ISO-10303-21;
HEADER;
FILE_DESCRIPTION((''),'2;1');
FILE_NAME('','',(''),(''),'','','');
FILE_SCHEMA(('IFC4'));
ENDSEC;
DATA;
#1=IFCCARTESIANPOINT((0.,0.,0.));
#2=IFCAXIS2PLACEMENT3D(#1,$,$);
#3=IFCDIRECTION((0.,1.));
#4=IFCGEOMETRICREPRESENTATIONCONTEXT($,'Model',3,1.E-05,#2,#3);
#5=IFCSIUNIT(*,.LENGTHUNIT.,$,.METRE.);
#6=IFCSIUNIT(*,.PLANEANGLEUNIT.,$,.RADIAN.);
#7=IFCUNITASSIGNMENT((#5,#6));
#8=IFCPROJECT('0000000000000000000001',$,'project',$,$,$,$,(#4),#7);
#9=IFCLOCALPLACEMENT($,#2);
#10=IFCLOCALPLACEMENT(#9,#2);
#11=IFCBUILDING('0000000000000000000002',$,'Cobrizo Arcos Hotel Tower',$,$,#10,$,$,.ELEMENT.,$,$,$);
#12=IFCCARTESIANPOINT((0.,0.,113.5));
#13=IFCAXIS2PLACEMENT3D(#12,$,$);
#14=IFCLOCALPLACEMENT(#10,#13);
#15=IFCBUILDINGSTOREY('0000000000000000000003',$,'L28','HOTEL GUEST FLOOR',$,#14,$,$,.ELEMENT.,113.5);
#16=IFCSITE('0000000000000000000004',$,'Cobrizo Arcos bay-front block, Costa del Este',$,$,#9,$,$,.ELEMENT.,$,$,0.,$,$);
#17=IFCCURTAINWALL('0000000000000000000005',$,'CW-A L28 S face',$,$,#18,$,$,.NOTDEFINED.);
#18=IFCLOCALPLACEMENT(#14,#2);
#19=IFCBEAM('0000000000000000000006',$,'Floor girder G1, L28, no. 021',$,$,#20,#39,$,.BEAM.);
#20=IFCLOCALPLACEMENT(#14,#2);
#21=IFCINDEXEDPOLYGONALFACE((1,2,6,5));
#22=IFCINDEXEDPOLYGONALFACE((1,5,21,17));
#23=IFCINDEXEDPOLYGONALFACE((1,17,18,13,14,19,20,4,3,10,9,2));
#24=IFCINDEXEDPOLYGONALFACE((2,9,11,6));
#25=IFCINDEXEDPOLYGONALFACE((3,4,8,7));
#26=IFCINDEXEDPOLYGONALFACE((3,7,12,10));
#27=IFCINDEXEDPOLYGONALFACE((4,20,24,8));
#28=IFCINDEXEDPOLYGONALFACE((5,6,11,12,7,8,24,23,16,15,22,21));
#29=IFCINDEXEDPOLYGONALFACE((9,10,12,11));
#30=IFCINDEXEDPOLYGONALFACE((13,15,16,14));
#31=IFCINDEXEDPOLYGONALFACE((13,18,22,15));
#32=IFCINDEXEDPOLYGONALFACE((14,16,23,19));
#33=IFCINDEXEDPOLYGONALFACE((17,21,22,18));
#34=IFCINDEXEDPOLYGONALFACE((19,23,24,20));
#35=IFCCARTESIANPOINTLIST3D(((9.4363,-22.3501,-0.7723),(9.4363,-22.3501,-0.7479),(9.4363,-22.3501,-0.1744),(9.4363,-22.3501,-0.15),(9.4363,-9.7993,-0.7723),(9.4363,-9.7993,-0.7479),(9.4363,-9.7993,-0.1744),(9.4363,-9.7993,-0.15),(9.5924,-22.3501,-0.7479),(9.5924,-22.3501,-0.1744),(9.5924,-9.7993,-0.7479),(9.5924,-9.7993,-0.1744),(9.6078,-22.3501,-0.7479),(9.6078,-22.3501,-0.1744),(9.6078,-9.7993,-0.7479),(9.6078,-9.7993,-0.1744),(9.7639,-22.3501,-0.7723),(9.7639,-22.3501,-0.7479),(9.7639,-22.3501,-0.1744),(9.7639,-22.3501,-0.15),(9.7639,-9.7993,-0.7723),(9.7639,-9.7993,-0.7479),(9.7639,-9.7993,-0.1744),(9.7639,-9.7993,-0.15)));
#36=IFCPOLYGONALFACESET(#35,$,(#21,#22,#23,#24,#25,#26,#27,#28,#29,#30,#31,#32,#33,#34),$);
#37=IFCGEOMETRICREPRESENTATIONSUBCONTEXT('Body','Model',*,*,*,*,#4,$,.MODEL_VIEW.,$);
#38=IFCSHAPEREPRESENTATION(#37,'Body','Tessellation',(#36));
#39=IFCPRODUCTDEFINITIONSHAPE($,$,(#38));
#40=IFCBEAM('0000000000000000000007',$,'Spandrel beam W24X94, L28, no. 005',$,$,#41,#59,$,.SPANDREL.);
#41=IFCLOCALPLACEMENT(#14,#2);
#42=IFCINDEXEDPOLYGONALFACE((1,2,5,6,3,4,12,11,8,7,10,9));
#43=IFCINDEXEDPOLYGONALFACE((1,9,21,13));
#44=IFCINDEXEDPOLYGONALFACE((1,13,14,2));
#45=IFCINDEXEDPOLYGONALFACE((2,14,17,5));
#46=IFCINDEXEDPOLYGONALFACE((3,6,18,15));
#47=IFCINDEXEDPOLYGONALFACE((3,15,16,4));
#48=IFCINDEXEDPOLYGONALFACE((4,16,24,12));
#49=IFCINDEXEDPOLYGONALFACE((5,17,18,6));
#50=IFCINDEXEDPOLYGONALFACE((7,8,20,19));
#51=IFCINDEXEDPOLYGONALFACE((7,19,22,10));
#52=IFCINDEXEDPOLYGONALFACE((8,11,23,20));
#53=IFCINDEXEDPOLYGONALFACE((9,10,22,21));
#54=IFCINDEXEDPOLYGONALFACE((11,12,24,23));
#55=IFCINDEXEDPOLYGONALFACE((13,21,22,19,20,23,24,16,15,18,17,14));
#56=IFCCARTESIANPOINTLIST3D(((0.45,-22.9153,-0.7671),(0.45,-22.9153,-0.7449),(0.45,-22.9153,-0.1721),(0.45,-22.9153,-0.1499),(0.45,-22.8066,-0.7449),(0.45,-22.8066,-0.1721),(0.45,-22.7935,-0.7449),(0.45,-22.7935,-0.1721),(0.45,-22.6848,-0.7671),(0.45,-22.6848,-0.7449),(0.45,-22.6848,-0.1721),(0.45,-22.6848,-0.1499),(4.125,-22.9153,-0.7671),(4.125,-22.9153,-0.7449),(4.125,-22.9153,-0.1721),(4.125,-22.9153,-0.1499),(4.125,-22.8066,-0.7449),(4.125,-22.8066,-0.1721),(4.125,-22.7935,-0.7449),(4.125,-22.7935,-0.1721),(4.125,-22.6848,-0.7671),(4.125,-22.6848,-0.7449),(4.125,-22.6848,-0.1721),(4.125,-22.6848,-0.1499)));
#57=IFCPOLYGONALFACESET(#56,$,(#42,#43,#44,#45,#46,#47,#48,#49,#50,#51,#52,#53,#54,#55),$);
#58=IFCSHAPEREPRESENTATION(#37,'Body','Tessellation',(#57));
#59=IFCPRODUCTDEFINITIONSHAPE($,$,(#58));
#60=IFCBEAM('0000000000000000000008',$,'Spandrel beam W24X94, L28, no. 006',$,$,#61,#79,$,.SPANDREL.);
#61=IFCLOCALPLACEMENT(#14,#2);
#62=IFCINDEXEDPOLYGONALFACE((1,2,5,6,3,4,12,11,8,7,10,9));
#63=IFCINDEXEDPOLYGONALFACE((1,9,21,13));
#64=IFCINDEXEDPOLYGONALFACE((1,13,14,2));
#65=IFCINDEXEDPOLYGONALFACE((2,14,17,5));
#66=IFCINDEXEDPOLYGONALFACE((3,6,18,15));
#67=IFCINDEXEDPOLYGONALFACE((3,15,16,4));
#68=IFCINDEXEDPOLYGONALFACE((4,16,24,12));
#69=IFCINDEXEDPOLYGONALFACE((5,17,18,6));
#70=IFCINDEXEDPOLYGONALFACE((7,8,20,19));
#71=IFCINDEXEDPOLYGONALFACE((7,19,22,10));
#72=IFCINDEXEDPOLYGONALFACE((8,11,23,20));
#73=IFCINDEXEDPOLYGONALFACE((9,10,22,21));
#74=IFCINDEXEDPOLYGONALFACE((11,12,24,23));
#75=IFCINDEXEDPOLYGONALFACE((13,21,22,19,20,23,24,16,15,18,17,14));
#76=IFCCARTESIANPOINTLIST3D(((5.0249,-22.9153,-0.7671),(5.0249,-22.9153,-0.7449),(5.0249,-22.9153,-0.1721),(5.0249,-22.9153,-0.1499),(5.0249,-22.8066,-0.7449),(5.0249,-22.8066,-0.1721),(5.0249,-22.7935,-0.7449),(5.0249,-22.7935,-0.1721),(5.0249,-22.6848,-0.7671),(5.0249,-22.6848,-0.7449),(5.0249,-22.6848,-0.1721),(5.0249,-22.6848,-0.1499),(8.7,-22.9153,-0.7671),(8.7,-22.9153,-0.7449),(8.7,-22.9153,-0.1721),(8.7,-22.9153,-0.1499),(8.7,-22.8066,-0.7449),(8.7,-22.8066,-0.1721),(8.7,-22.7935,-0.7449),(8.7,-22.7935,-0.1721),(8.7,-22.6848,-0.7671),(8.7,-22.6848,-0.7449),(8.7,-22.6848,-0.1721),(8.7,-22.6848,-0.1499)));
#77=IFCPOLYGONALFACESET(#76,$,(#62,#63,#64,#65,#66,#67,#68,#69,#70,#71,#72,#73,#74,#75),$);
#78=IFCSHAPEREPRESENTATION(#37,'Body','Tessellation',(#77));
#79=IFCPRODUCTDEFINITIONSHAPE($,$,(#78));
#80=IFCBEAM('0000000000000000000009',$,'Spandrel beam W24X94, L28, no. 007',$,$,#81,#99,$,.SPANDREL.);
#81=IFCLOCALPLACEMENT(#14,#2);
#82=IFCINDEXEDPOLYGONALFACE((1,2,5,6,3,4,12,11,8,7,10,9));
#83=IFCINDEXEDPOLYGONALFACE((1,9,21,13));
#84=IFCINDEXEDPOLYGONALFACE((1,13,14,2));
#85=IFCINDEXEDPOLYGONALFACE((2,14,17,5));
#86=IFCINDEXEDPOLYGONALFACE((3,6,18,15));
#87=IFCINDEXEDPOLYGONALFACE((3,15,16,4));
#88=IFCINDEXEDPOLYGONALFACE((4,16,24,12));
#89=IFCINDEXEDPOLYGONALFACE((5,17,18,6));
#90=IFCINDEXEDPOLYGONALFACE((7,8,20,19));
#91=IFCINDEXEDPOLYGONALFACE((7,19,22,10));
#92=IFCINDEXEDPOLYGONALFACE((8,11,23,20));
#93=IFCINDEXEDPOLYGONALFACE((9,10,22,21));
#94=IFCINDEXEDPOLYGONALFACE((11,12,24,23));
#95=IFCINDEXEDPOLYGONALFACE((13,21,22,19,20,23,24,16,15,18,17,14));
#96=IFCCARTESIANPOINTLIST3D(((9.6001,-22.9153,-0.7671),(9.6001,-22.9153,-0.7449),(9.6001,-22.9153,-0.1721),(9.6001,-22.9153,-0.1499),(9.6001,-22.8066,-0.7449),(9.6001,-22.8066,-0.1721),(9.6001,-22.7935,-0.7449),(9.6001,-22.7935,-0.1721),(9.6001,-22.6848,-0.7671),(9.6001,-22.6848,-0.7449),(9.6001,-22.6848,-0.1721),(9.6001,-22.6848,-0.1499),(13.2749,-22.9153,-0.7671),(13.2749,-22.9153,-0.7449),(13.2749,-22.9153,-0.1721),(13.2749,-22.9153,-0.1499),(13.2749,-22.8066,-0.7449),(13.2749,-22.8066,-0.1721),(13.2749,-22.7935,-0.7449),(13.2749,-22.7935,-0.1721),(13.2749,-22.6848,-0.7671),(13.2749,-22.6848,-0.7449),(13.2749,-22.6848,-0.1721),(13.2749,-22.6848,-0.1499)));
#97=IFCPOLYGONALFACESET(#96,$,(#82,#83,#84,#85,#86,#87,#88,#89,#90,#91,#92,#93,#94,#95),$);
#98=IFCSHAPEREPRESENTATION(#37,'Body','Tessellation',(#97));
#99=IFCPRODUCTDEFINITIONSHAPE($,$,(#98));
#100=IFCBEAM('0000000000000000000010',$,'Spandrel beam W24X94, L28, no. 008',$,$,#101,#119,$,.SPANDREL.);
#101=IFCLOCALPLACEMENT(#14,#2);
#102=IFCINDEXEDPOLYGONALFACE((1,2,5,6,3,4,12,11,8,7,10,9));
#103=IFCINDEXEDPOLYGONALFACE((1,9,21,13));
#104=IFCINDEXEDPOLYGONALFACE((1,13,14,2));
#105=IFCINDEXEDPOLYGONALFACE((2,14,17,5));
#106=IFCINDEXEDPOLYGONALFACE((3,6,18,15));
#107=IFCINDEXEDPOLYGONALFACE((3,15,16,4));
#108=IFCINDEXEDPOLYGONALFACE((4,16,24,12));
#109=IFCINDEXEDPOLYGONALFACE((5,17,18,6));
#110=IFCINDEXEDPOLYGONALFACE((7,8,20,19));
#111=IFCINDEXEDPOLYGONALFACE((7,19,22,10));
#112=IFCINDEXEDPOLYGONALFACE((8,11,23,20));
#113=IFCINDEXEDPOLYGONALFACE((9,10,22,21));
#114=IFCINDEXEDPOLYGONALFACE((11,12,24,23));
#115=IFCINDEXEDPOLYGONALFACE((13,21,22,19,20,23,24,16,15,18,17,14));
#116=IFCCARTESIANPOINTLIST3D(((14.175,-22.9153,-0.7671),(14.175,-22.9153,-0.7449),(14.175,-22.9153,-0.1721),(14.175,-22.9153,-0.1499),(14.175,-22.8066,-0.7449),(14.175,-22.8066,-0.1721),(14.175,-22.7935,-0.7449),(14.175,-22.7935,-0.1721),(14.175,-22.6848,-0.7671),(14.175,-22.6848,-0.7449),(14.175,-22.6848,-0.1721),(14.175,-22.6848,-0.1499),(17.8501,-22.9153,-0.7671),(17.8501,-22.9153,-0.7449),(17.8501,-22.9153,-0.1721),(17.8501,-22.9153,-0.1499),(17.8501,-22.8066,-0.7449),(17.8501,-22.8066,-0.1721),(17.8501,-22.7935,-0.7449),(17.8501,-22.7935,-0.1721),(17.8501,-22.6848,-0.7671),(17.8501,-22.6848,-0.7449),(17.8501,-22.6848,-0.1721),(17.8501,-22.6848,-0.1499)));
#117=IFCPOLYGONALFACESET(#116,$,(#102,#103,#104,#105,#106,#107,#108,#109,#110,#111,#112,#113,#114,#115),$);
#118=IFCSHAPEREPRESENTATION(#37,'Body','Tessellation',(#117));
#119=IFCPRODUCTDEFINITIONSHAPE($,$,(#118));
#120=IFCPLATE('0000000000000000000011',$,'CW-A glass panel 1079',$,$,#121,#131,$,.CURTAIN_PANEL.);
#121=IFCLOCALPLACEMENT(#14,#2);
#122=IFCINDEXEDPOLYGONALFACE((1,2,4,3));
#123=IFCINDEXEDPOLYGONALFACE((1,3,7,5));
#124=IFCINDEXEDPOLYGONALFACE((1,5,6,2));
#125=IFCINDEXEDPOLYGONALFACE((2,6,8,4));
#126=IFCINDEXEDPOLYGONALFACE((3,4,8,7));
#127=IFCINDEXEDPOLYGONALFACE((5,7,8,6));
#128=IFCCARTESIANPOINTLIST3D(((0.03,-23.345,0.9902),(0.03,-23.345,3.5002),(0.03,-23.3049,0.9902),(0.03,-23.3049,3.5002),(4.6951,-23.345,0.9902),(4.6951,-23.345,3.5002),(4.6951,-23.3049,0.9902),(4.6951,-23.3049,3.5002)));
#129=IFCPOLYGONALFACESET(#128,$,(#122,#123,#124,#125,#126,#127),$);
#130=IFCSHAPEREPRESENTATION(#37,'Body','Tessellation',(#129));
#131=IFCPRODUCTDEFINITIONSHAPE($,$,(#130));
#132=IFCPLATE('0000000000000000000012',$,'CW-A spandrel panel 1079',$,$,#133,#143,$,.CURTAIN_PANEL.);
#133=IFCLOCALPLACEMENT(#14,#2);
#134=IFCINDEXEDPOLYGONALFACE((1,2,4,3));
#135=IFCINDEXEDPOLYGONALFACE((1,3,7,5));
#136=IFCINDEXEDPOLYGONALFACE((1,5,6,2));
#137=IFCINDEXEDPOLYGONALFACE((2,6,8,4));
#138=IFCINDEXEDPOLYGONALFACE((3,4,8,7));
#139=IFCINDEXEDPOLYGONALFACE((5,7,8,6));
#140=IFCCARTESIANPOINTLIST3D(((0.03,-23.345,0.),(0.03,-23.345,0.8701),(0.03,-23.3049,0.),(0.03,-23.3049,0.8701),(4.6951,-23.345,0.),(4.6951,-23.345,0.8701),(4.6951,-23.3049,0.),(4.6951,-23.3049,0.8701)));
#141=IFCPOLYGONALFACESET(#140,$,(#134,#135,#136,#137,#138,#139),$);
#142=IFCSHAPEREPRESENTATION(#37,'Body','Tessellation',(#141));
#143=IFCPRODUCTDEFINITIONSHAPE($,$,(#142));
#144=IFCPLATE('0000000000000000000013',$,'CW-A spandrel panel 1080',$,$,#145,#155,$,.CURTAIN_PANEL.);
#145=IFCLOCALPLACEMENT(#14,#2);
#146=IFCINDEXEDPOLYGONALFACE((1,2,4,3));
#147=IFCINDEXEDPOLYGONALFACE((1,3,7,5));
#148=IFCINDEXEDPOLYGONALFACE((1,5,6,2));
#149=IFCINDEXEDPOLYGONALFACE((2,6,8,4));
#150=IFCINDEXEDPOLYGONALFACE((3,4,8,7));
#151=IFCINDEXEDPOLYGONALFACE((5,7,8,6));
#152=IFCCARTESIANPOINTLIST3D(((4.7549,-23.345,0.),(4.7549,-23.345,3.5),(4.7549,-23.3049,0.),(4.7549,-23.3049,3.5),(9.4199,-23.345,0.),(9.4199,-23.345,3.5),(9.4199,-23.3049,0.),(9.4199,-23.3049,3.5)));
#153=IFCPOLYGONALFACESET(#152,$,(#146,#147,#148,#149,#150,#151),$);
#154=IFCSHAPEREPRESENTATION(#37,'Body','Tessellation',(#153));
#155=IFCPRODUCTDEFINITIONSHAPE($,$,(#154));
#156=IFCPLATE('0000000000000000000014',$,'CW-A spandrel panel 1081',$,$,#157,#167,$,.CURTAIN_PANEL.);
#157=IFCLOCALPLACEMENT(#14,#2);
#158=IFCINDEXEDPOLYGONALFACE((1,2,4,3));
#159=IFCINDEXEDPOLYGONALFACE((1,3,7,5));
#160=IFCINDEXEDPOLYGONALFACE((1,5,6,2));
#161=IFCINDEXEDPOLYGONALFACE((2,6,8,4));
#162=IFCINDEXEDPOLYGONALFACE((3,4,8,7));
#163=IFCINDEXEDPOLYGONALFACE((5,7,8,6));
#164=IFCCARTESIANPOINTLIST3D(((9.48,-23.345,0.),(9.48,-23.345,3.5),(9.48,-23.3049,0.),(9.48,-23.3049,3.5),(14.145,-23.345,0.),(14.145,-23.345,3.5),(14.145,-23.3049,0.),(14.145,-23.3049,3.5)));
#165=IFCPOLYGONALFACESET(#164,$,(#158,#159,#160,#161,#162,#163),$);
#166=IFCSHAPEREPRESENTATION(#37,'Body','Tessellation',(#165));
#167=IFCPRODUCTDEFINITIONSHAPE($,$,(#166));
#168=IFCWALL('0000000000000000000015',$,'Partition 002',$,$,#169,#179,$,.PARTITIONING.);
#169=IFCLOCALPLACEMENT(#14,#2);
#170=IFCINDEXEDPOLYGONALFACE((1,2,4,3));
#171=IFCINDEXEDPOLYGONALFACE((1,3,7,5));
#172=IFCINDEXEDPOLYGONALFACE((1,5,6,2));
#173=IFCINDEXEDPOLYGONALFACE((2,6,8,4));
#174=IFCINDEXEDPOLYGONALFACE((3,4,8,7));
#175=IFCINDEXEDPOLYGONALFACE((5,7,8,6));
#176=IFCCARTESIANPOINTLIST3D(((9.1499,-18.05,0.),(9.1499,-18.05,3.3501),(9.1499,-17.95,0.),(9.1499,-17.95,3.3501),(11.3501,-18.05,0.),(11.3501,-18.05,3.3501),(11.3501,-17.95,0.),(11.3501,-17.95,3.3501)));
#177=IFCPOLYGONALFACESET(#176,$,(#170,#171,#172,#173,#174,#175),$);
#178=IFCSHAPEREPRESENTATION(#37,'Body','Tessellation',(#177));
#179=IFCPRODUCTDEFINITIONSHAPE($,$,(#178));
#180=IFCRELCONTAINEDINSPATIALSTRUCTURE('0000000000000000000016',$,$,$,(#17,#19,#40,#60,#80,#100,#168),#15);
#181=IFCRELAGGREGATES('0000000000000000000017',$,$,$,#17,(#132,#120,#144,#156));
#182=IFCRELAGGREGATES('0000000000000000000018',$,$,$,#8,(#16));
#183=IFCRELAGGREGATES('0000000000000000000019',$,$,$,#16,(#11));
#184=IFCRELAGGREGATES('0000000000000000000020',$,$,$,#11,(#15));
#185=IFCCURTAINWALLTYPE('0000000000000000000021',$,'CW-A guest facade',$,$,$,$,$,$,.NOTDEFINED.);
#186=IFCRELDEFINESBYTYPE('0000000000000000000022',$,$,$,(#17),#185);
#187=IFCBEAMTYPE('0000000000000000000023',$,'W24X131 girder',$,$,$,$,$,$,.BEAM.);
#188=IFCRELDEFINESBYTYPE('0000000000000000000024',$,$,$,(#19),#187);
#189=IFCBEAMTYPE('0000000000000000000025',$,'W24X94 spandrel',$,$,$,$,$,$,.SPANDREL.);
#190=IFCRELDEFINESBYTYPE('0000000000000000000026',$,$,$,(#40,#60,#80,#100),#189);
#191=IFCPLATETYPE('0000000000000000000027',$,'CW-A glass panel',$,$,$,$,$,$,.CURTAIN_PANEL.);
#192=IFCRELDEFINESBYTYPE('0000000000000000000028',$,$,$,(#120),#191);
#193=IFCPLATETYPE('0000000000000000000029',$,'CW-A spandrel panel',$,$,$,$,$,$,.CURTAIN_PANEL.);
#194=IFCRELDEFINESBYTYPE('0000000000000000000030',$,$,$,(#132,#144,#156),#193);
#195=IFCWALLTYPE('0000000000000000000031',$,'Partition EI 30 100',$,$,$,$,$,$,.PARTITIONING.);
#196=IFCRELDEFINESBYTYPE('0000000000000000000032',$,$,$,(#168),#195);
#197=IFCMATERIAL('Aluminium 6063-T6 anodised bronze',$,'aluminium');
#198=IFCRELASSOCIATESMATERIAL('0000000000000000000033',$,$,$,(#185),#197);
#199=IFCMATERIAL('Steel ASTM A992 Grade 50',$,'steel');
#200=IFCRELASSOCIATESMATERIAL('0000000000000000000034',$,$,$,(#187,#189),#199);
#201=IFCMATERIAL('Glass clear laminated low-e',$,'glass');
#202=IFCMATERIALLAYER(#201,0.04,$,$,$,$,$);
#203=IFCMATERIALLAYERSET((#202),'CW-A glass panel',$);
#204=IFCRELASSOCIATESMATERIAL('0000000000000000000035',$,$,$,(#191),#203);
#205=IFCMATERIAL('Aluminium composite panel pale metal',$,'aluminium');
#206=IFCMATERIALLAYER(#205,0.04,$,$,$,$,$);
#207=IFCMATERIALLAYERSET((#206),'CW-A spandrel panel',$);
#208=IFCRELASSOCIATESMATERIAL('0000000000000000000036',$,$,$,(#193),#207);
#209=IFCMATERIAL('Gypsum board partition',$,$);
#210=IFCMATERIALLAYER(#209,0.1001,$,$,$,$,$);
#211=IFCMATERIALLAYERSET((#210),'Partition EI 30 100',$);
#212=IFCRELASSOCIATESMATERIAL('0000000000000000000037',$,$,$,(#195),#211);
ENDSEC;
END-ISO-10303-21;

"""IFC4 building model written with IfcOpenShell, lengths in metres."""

from ifc_helpers import new_model, si_unit, direction, frame, frame_2d, origin, origin_2d, place, context, subcontext, project, spatial, rectangle, i_section, extrude, material, layer, layer_set, material_profile, profile_set, type_object, element, aggregate, save


model = new_model("IFC4")

# Units and contexts
model_context = context("Model", 3, precision=1e-05, world=origin(), true_north=direction((0.0, 1.0)))
body_context = subcontext(model_context, "Body", "Model", "MODEL_VIEW")
ifc_project = project(units=[si_unit("LENGTHUNIT", "METRE"), si_unit("PLANEANGLEUNIT", "RADIAN")], contexts=[model_context])

# Site, building, storey
site_placement = place(None, origin())
site = spatial("IfcSite", under=ifc_project, at=site_placement, Name="Cobrizo Arcos bay-front block, Costa del Este", CompositionType="ELEMENT", RefElevation=0.0)
building_placement = place(site_placement, origin())
building = spatial("IfcBuilding", under=site, at=building_placement, Name="Cobrizo Arcos Hotel Tower", CompositionType="ELEMENT")
storey_placement = place(building_placement, frame((0.0, 0.0, 113.5)))
storey = spatial("IfcBuildingStorey", under=building, at=storey_placement, Name="L28", Description="HOTEL GUEST FLOOR", CompositionType="ELEMENT", Elevation=113.5)

# Curtain wall
ifc_material_1 = material(Name="Aluminium 6063-T6 anodised bronze", Category="aluminium")
curtain_wall_type = type_object("IfcCurtainWallType", Name="CW-A guest facade", PredefinedType="NOTDEFINED", material=ifc_material_1)
curtain_wall_placement = place(storey_placement, origin())
curtain_wall = element("IfcCurtainWall", 1, at=curtain_wall_placement, inside=storey, type_object=curtain_wall_type, Name="CW-A L28 S face", PredefinedType="NOTDEFINED")

# Beams
ifc_material_2 = material(Name="Steel ASTM A992 Grade 50", Category="steel")
ifc_material_profile_1 = material_profile(ifc_material_2, i_section(OverallWidth=0.3276, OverallDepth=0.6223, WebThickness=0.0154, FlangeThickness=0.0244, at=origin_2d()), Name="W24X131")
ifc_profile_set_1 = profile_set([ifc_material_profile_1], Name="Steel ASTM A992 Grade 50")
beam_type_1 = type_object("IfcBeamType", Name="W24X131 girder", PredefinedType="BEAM", material=ifc_profile_set_1)
beam_1_placement = place(storey_placement, frame((9.6001, -22.3501, -0.4612), z_axis=(0.0, 1.0, 0.0), x_axis=(-1.0, 0.0, 0.0)))
element("IfcBeam", 2, at=beam_1_placement, inside=storey, type_object=beam_type_1, Name="Floor girder G1, L28, no. 021", PredefinedType="BEAM", context=body_context, shape_type="SweptSolid", body=[
    extrude(i_section(OverallWidth=0.3276, OverallDepth=0.6223, WebThickness=0.0154, FlangeThickness=0.0244, at=origin_2d()), origin(), (0.0, 0.0, 1.0), 12.5508),
])
ifc_material_profile_2 = material_profile(ifc_material_2, i_section(OverallWidth=0.2305, OverallDepth=0.6172, WebThickness=0.0132, FlangeThickness=0.0222, at=origin_2d()), Name="W24X94")
ifc_profile_set_2 = profile_set([ifc_material_profile_2], Name="Steel ASTM A992 Grade 50")
beam_type_2 = type_object("IfcBeamType", Name="W24X94 spandrel", PredefinedType="SPANDREL", material=ifc_profile_set_2)
for number, where, z_axis, x_axis, name in (
    (3, (0.45, -22.8, -0.4585), (1.0, 0.0, 0.0), (0.0, 1.0, 0.0), "Spandrel beam W24X94, L28, no. 005"),
    (4, (5.0249, -22.8, -0.4585), (1.0, 0.0, 0.0), (0.0, 1.0, 0.0), "Spandrel beam W24X94, L28, no. 006"),
):
    element("IfcBeam", number, at=place(storey_placement, frame(where, z_axis=z_axis, x_axis=x_axis)), inside=storey, type_object=beam_type_2, Name=name, PredefinedType="SPANDREL", context=body_context, shape_type="SweptSolid", body=[
        extrude(i_section(OverallWidth=0.2305, OverallDepth=0.6172, WebThickness=0.0132, FlangeThickness=0.0222, at=origin_2d()), origin(), (0.0, 0.0, 1.0), 3.675),
    ])
beam_2_placement = place(storey_placement, frame((9.6001, -22.8, -0.4585), z_axis=(1.0, 0.0, 0.0), x_axis=(0.0, 1.0, 0.0)))
element("IfcBeam", 5, at=beam_2_placement, inside=storey, type_object=beam_type_2, Name="Spandrel beam W24X94, L28, no. 007", PredefinedType="SPANDREL", context=body_context, shape_type="SweptSolid", body=[
    extrude(i_section(OverallWidth=0.2305, OverallDepth=0.6172, WebThickness=0.0132, FlangeThickness=0.0222, at=origin_2d()), origin(), (0.0, 0.0, 1.0), 3.6748),
])
beam_3_placement = place(storey_placement, frame((14.175, -22.8, -0.4585), z_axis=(1.0, 0.0, 0.0), x_axis=(0.0, 1.0, 0.0)))
element("IfcBeam", 6, at=beam_3_placement, inside=storey, type_object=beam_type_2, Name="Spandrel beam W24X94, L28, no. 008", PredefinedType="SPANDREL", context=body_context, shape_type="SweptSolid", body=[
    extrude(i_section(OverallWidth=0.2305, OverallDepth=0.6172, WebThickness=0.0132, FlangeThickness=0.0222, at=origin_2d()), origin(), (0.0, 0.0, 1.0), 3.675),
])

# Plates
ifc_material_3 = material(Name="Glass clear laminated low-e", Category="glass")
ifc_layer_1 = layer(ifc_material_3, 0.04)
ifc_layer_set_1 = layer_set([ifc_layer_1], Name="CW-A glass panel")
plate_type_1 = type_object("IfcPlateType", Name="CW-A glass panel", PredefinedType="CURTAIN_PANEL", material=ifc_layer_set_1)
plate_1_placement = place(storey_placement, frame((2.3625, -23.325, 0.9902), z_axis=(0.0, 0.0, 1.0), x_axis=(1.0, 0.0, 0.0)))
plate_1 = element("IfcPlate", 7, at=plate_1_placement, type_object=plate_type_1, Name="CW-A glass panel 1079", PredefinedType="CURTAIN_PANEL", context=body_context, shape_type="SweptSolid", body=[
    extrude(rectangle(XDim=4.665, YDim=0.04, at=origin_2d()), origin(), (0.0, 0.0, 1.0), 2.51),
])
ifc_material_4 = material(Name="Aluminium composite panel pale metal", Category="aluminium")
ifc_layer_2 = layer(ifc_material_4, 0.04)
ifc_layer_set_2 = layer_set([ifc_layer_2], Name="CW-A spandrel panel")
plate_type_2 = type_object("IfcPlateType", Name="CW-A spandrel panel", PredefinedType="CURTAIN_PANEL", material=ifc_layer_set_2)
plate_2_placement = place(storey_placement, frame((2.3625, -23.325, 0.0), z_axis=(0.0, 0.0, 1.0), x_axis=(1.0, 0.0, 0.0)))
plate_2 = element("IfcPlate", 8, at=plate_2_placement, type_object=plate_type_2, Name="CW-A spandrel panel 1079", PredefinedType="CURTAIN_PANEL", context=body_context, shape_type="SweptSolid", body=[
    extrude(rectangle(XDim=4.665, YDim=0.04, at=origin_2d()), origin(), (0.0, 0.0, 1.0), 0.8701),
])
plate_3_placement = place(storey_placement, frame((7.0874, -23.325, 0.0), z_axis=(0.0, 0.0, 1.0), x_axis=(1.0, 0.0, 0.0)))
plate_3 = element("IfcPlate", 9, at=plate_3_placement, type_object=plate_type_2, Name="CW-A spandrel panel 1080", PredefinedType="CURTAIN_PANEL", context=body_context, shape_type="SweptSolid", body=[
    extrude(rectangle(XDim=4.665, YDim=0.04, at=origin_2d()), origin(), (0.0, 0.0, 1.0), 3.5),
])
plate_4_placement = place(storey_placement, frame((11.8125, -23.325, 0.0), z_axis=(0.0, 0.0, 1.0), x_axis=(1.0, 0.0, 0.0)))
plate_4 = element("IfcPlate", 10, at=plate_4_placement, type_object=plate_type_2, Name="CW-A spandrel panel 1081", PredefinedType="CURTAIN_PANEL", context=body_context, shape_type="SweptSolid", body=[
    extrude(rectangle(XDim=4.665, YDim=0.04, at=origin_2d()), origin(), (0.0, 0.0, 1.0), 3.5),
])
aggregate(curtain_wall, [plate_2, plate_1, plate_3, plate_4])

# Wall
ifc_material_5 = material(Name="Gypsum board partition")
ifc_layer_3 = layer(ifc_material_5, 0.1001)
ifc_layer_set_3 = layer_set([ifc_layer_3], Name="Partition EI 30 100")
wall_type = type_object("IfcWallType", Name="Partition EI 30 100", PredefinedType="PARTITIONING", material=ifc_layer_set_3)
wall_1_placement = place(storey_placement, frame((9.1499, -18.0, 0.0), z_axis=(0.0, 0.0, 1.0), x_axis=(1.0, 0.0, 0.0)))
element("IfcWall", 11, at=wall_1_placement, inside=storey, type_object=wall_type, Name="Partition 002", PredefinedType="PARTITIONING", context=body_context, shape_type="SweptSolid", body=[
    extrude(rectangle(XDim=2.2002, YDim=0.1001, at=frame_2d((1.1001, 0.0))), origin(), (0.0, 0.0, 1.0), 3.3501),
])

save(model, "model.ifc")
